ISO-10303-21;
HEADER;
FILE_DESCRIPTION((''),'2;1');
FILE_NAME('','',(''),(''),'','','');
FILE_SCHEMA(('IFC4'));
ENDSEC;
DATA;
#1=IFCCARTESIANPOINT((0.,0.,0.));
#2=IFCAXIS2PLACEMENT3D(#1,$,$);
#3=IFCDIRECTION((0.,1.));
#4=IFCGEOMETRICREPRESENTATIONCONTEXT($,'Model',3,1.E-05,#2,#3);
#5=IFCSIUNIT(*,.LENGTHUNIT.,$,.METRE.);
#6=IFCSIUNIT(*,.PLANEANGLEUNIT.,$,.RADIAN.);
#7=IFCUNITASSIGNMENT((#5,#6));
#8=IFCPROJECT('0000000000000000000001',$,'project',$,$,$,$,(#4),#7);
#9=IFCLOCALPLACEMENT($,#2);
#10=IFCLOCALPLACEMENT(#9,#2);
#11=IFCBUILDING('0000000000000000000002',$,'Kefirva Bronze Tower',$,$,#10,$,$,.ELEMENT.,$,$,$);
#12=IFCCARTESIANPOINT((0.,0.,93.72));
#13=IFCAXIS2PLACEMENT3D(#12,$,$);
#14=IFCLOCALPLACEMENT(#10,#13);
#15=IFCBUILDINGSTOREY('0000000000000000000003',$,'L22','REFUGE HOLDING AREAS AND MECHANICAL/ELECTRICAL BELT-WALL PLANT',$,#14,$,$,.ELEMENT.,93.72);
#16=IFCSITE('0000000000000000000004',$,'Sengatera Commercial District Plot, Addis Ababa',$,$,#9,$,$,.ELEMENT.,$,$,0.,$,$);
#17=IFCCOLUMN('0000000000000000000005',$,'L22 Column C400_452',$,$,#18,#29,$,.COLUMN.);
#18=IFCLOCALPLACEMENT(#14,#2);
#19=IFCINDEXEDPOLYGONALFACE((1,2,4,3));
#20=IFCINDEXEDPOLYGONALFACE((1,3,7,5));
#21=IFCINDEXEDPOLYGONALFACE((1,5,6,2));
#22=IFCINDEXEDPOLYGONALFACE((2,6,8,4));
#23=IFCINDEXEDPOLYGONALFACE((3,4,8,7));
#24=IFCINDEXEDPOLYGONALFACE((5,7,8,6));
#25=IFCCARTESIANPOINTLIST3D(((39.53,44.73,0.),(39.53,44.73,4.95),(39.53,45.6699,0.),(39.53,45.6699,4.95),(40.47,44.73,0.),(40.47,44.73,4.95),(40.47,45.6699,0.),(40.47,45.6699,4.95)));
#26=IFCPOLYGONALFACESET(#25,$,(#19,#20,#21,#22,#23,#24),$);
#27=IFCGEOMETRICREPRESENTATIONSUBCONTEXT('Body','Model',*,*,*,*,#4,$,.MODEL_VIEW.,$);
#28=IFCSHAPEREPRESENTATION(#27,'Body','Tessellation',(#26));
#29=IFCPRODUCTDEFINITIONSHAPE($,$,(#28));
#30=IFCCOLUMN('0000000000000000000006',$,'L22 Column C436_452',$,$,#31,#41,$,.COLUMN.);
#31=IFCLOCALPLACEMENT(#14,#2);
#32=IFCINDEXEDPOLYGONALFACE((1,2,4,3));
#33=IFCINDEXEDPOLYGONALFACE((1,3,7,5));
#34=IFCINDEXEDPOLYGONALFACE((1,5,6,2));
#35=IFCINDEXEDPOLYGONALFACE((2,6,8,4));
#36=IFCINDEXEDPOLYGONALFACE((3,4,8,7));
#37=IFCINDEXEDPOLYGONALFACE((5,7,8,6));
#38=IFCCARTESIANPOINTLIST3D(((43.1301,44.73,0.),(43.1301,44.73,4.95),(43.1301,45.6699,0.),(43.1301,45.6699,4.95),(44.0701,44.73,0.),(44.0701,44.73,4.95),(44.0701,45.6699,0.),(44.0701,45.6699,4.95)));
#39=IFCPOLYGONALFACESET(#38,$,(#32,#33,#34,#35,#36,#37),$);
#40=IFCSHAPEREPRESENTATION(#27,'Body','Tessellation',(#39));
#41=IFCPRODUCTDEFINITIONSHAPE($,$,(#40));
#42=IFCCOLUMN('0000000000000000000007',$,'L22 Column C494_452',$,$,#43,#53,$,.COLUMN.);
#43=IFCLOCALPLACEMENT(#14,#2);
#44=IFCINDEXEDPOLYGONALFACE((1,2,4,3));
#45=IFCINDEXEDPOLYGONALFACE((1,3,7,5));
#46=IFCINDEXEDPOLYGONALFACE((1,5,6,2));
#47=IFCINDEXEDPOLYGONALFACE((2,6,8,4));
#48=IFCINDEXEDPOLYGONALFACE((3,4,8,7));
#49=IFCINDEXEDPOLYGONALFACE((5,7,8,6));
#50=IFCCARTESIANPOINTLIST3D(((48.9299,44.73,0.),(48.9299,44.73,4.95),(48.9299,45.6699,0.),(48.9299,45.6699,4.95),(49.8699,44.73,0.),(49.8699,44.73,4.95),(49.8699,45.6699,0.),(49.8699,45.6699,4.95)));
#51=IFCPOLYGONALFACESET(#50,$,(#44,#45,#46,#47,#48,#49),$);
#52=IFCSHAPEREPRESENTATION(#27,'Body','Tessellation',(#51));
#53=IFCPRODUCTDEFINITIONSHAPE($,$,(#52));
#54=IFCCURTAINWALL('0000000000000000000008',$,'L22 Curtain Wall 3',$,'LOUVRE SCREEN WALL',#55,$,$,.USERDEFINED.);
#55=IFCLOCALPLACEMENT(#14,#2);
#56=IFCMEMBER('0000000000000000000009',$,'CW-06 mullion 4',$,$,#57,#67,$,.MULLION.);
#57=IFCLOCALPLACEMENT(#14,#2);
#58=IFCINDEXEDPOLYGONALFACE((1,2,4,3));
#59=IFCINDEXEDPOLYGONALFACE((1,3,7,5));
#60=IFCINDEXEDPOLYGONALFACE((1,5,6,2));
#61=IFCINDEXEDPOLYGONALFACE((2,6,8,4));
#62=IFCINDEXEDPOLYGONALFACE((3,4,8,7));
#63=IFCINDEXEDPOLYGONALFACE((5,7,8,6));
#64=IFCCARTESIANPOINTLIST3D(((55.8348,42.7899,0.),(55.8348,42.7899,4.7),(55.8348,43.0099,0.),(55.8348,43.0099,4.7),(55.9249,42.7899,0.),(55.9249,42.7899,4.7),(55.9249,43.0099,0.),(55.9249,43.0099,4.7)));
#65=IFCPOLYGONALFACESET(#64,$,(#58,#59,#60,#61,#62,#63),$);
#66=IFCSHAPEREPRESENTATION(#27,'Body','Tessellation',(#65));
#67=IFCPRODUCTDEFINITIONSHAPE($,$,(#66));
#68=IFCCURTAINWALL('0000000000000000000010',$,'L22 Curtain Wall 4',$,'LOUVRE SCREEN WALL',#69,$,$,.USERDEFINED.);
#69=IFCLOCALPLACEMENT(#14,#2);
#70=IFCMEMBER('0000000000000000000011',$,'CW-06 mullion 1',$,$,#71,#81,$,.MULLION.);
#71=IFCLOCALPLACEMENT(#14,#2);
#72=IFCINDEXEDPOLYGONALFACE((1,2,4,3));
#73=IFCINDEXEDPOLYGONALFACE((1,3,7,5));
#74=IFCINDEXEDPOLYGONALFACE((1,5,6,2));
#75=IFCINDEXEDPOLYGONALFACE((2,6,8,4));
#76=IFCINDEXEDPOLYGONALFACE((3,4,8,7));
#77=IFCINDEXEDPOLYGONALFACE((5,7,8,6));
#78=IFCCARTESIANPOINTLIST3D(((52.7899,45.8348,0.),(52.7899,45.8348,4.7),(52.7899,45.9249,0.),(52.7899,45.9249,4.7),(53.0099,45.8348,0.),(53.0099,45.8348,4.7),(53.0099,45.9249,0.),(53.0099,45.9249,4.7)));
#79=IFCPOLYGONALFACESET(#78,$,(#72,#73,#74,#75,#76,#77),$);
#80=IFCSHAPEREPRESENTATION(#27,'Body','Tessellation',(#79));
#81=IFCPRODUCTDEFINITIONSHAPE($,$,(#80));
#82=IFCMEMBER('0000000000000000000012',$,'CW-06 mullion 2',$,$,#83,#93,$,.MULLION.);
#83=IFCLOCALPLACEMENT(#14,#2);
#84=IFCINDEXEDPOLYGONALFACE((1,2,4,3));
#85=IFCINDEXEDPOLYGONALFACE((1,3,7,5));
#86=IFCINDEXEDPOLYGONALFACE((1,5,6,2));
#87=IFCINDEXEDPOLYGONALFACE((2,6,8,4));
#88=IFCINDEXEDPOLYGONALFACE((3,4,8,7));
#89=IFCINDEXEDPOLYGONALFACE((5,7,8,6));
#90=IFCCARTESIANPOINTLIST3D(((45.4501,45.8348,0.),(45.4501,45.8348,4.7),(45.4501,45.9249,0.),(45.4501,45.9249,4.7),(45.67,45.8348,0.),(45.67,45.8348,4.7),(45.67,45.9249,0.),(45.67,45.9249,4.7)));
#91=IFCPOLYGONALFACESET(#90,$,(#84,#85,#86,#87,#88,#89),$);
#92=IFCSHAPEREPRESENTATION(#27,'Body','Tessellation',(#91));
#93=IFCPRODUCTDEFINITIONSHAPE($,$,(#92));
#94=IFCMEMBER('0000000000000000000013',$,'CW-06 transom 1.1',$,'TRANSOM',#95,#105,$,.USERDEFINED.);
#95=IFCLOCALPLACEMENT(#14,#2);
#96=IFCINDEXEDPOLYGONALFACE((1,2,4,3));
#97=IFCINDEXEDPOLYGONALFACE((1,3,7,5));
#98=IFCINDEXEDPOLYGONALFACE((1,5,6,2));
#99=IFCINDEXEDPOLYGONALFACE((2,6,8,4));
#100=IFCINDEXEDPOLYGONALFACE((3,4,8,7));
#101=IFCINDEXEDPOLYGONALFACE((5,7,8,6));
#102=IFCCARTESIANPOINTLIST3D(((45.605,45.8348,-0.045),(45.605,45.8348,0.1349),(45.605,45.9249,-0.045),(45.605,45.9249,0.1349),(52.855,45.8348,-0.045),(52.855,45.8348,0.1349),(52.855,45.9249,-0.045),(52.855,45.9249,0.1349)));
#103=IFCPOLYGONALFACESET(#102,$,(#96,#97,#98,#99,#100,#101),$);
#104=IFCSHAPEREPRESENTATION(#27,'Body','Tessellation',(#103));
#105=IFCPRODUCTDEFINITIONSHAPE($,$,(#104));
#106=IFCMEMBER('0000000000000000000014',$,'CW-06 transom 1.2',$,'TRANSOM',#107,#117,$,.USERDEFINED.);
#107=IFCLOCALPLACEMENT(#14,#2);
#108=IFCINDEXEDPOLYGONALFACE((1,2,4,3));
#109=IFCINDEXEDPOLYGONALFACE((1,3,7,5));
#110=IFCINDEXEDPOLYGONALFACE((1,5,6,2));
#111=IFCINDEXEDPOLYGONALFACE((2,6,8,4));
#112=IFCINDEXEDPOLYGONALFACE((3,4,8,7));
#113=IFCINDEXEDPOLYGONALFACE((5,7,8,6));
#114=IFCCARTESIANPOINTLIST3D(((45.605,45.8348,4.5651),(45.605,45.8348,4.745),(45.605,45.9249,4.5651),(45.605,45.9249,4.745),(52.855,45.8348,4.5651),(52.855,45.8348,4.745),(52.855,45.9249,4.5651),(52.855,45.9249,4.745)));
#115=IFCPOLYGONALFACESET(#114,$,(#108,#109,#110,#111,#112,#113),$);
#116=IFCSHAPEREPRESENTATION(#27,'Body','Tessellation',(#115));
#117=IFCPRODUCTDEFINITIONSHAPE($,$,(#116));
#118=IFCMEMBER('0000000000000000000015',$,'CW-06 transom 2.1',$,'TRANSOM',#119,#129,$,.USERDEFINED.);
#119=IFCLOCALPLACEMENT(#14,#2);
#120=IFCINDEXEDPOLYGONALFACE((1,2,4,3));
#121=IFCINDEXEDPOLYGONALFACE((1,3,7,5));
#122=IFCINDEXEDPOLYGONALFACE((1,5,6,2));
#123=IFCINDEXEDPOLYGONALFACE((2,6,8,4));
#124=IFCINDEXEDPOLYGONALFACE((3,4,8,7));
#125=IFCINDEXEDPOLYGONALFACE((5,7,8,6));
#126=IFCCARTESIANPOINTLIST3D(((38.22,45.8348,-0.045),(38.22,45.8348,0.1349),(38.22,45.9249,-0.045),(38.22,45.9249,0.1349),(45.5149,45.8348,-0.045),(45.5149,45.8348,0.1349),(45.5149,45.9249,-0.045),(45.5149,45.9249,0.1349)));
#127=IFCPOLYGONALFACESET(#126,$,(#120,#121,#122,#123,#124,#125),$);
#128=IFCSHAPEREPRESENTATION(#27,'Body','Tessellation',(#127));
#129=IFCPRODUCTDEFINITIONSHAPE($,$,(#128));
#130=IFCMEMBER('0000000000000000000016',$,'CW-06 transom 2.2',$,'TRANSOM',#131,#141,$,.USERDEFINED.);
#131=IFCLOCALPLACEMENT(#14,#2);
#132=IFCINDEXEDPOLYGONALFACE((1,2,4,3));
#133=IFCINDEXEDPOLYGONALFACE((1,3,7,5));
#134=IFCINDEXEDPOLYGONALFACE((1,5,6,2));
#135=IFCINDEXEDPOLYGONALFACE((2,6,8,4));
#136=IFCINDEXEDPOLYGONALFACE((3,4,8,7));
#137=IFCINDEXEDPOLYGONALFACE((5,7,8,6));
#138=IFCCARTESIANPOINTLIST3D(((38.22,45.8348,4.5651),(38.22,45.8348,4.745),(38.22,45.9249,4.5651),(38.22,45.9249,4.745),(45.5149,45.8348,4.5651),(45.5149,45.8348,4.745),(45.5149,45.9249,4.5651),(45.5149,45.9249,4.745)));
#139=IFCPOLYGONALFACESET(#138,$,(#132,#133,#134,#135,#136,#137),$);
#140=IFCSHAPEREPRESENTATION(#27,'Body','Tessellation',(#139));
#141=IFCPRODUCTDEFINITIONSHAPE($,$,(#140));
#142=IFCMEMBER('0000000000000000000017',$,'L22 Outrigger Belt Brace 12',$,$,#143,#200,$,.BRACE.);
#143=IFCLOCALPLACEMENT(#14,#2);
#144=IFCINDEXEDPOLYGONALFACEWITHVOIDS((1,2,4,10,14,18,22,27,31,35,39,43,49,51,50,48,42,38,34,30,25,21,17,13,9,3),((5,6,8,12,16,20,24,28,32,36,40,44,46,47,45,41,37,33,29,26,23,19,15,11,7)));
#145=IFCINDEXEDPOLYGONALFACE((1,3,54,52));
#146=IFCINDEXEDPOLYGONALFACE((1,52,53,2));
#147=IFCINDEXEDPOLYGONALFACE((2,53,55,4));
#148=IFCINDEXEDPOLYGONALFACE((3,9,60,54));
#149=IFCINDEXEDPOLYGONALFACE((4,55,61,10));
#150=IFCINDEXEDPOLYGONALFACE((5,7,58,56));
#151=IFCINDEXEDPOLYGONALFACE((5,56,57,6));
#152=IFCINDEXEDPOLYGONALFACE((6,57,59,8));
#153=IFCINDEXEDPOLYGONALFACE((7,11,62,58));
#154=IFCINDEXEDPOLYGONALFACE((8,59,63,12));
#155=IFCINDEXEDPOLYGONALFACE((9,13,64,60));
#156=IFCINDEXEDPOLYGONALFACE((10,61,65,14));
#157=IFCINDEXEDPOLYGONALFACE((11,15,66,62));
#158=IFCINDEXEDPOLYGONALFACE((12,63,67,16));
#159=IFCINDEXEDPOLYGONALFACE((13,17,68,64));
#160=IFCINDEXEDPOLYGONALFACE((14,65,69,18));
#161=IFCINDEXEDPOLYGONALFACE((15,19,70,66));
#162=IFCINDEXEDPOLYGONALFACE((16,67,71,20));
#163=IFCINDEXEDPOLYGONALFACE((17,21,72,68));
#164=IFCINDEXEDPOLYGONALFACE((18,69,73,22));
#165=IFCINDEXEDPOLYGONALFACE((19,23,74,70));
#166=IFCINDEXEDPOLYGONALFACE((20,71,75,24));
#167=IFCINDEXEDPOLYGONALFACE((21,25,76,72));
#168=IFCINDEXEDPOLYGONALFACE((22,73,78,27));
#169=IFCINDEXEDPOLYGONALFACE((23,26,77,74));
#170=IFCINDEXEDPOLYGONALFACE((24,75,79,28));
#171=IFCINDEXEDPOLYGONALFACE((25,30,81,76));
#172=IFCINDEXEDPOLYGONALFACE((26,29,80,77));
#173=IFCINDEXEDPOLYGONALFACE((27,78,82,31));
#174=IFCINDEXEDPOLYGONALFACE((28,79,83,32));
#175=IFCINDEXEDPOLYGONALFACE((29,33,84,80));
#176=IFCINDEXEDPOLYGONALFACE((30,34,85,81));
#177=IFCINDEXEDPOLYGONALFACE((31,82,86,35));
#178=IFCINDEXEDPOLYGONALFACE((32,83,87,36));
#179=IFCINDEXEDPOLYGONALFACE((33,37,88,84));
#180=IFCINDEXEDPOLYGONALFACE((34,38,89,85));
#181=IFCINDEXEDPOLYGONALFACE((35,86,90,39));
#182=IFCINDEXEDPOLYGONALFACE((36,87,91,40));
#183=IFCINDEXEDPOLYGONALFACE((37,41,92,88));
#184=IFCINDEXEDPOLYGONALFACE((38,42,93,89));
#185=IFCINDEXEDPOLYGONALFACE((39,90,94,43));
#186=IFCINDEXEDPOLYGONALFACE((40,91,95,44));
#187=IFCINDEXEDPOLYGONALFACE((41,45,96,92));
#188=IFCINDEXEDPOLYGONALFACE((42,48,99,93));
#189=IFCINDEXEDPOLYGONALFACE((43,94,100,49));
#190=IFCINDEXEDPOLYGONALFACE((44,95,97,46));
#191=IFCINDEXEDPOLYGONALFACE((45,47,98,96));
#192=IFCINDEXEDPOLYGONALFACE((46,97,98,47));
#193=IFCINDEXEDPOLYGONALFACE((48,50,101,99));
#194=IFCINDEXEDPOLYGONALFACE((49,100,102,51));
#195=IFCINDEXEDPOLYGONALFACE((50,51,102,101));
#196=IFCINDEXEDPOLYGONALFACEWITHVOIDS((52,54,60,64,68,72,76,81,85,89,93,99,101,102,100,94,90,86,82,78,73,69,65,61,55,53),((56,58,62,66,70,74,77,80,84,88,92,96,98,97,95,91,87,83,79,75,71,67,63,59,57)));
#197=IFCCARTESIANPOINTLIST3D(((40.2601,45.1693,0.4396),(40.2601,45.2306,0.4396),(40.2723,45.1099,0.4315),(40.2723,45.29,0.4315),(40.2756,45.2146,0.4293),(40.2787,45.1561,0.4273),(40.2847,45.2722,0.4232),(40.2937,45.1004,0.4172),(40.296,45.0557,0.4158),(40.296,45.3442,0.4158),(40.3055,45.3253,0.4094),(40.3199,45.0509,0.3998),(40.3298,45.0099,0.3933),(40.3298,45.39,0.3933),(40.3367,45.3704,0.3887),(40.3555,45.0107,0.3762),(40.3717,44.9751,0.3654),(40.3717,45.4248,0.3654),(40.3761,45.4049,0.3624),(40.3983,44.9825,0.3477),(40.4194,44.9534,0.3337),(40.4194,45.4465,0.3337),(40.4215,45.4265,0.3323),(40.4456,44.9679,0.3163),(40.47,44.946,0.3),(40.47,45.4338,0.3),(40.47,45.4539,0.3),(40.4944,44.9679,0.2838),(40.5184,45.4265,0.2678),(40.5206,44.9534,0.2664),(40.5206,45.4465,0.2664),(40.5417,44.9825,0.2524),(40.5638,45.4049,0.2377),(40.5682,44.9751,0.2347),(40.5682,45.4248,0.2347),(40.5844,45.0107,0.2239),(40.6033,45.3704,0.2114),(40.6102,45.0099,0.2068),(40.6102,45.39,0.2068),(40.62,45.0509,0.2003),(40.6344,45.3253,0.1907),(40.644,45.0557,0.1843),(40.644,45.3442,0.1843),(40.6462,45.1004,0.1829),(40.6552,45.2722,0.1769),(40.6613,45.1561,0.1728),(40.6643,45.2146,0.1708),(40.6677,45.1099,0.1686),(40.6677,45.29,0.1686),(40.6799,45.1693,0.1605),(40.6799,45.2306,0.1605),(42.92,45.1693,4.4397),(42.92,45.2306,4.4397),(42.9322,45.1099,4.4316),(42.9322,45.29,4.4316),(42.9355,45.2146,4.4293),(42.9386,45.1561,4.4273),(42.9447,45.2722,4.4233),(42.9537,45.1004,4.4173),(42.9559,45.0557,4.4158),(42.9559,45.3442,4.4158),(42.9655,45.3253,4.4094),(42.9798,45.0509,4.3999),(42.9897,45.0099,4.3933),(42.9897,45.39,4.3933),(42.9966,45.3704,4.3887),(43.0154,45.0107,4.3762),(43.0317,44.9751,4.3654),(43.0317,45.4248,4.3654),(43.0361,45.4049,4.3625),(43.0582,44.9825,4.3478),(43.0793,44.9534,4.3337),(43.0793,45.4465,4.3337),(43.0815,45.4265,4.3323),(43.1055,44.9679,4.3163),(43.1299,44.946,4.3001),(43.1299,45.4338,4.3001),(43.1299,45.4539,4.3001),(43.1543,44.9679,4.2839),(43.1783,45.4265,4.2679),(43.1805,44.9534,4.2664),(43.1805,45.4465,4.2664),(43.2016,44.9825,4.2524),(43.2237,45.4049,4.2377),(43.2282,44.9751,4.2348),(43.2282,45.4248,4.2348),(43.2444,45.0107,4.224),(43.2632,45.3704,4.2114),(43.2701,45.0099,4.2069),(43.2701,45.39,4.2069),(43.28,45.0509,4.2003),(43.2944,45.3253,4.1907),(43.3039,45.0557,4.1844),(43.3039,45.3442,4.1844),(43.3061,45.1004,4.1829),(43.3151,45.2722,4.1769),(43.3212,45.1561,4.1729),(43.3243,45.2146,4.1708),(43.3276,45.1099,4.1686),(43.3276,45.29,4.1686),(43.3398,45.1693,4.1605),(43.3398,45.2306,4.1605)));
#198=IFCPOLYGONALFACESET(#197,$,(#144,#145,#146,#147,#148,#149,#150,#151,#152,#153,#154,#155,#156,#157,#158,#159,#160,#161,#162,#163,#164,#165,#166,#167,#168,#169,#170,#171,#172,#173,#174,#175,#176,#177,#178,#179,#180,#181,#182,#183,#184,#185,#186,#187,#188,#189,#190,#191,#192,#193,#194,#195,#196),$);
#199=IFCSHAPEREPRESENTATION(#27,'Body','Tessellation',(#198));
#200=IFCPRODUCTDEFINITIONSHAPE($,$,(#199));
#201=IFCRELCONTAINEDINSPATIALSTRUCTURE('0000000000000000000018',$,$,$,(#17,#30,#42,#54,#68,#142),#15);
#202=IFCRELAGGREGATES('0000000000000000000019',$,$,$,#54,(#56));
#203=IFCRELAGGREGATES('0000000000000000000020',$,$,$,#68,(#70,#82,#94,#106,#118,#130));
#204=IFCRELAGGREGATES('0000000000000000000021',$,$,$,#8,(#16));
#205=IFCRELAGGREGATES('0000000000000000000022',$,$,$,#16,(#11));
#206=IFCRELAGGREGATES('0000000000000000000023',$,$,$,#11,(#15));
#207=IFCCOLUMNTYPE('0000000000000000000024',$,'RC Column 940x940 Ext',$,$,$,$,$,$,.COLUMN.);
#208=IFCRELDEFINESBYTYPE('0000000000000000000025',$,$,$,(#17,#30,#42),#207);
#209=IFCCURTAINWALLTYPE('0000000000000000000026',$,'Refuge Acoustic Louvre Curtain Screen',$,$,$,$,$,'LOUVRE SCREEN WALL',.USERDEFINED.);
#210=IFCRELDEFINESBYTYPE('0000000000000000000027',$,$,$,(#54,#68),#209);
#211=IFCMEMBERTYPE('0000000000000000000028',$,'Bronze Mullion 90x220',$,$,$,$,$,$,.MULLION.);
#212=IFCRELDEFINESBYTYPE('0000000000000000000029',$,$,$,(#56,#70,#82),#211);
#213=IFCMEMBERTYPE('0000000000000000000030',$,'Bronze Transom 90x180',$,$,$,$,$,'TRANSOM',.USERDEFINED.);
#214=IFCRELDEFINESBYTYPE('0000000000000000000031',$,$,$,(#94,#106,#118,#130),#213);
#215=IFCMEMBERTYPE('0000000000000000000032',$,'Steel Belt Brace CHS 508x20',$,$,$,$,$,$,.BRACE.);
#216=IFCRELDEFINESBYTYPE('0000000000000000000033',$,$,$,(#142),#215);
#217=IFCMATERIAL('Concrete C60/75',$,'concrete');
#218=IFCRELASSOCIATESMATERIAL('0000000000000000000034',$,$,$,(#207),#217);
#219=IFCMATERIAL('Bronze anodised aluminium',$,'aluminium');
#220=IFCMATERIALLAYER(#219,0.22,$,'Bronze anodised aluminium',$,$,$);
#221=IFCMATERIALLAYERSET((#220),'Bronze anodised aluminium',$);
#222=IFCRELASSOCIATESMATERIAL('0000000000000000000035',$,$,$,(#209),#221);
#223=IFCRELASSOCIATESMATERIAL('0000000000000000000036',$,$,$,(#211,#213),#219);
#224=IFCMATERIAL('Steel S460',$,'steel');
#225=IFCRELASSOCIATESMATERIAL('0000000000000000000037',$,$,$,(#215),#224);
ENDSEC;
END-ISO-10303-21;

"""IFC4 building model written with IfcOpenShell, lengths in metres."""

from ifc_helpers import new_model, si_unit, direction, frame, origin, origin_2d, place, context, subcontext, project, spatial, rectangle, hollow_circle, extrude, material, layer, layer_set, material_profile, profile_set, type_object, element, aggregate, save


model = new_model("IFC4")

# Units and contexts
model_context = context("Model", 3, precision=1e-05, world=origin(), true_north=direction((0.0, 1.0)))
body_context = subcontext(model_context, "Body", "Model", "MODEL_VIEW")
ifc_project = project(units=[si_unit("LENGTHUNIT", "METRE"), si_unit("PLANEANGLEUNIT", "RADIAN")], contexts=[model_context])

# Site, building, storey
site_placement = place(None, origin())
site = spatial("IfcSite", under=ifc_project, at=site_placement, Name="Sengatera Commercial District Plot, Addis Ababa", CompositionType="ELEMENT", RefElevation=0.0)
building_placement = place(site_placement, origin())
building = spatial("IfcBuilding", under=site, at=building_placement, Name="Kefirva Bronze Tower", CompositionType="ELEMENT")
storey_placement = place(building_placement, frame((0.0, 0.0, 93.72)))
storey = spatial("IfcBuildingStorey", under=building, at=storey_placement, Name="L22", Description="REFUGE HOLDING AREAS AND MECHANICAL/ELECTRICAL BELT-WALL PLANT", CompositionType="ELEMENT", Elevation=93.72)

# Columns
ifc_material_1 = material(Name="Concrete C60/75", Category="concrete")
ifc_material_profile_1 = material_profile(ifc_material_1, rectangle(XDim=0.9399, YDim=0.9399, at=origin_2d()), Name="RC 940x940")
ifc_profile_set_1 = profile_set([ifc_material_profile_1], Name="Concrete C60/75")
column_type = type_object("IfcColumnType", Name="RC Column 940x940 Ext", PredefinedType="COLUMN", material=ifc_profile_set_1)
for number, where, z_axis, x_axis, name in (
    (1, (40.0, 45.2, 0.0), (0.0, 0.0, 1.0), (1.0, 0.0, 0.0), "L22 Column C400_452"),
    (2, (43.6001, 45.2, 0.0), (0.0, 0.0, 1.0), (1.0, 0.0, 0.0), "L22 Column C436_452"),
    (3, (49.3999, 45.2, 0.0), (0.0, 0.0, 1.0), (1.0, 0.0, 0.0), "L22 Column C494_452"),
):
    element("IfcColumn", number, at=place(storey_placement, frame(where, z_axis=z_axis, x_axis=x_axis)), inside=storey, type_object=column_type, Name=name, PredefinedType="COLUMN", context=body_context, shape_type="SweptSolid", body=[
        extrude(rectangle(XDim=0.9399, YDim=0.9399, at=origin_2d()), origin(), (0.0, 0.0, 1.0), 4.95),
    ])

# Curtain wall, member
ifc_material_2 = material(Name="Bronze anodised aluminium", Category="aluminium")
ifc_layer_1 = layer(ifc_material_2, 0.22, Name="Bronze anodised aluminium")
ifc_layer_set_1 = layer_set([ifc_layer_1], Name="Bronze anodised aluminium")
curtain_wall_type = type_object("IfcCurtainWallType", Name="Refuge Acoustic Louvre Curtain Screen", ElementType="LOUVRE SCREEN WALL", PredefinedType="USERDEFINED", material=ifc_layer_set_1)
curtain_wall_1_placement = place(storey_placement, origin())
curtain_wall_1 = element("IfcCurtainWall", 4, at=curtain_wall_1_placement, inside=storey, type_object=curtain_wall_type, Name="L22 Curtain Wall 3", ObjectType="LOUVRE SCREEN WALL", PredefinedType="USERDEFINED")
ifc_material_profile_2 = material_profile(ifc_material_2, rectangle(XDim=0.0901, YDim=0.22, at=origin_2d()), Name="ALU 90x220")
ifc_profile_set_2 = profile_set([ifc_material_profile_2], Name="Bronze anodised aluminium")
member_type_1 = type_object("IfcMemberType", Name="Bronze Mullion 90x220", PredefinedType="MULLION", material=ifc_profile_set_2)
member_1_placement = place(storey_placement, frame((55.8799, 42.8999, 0.0), z_axis=(0.0, 0.0, 1.0), x_axis=(-1.0, 0.0, 0.0)))
member_1 = element("IfcMember", 5, at=member_1_placement, type_object=member_type_1, Name="CW-06 mullion 4", PredefinedType="MULLION", context=body_context, shape_type="SweptSolid", body=[
    extrude(rectangle(XDim=0.0901, YDim=0.22, at=origin_2d()), origin(), (0.0, 0.0, 1.0), 4.7),
])

# Curtain wall, members
curtain_wall_2_placement = place(storey_placement, origin())
curtain_wall_2 = element("IfcCurtainWall", 6, at=curtain_wall_2_placement, inside=storey, type_object=curtain_wall_type, Name="L22 Curtain Wall 4", ObjectType="LOUVRE SCREEN WALL", PredefinedType="USERDEFINED")
member_2_placement = place(storey_placement, frame((52.8999, 45.8799, 0.0), z_axis=(0.0, 0.0, 1.0), x_axis=(0.0, -1.0, 0.0)))
member_2 = element("IfcMember", 7, at=member_2_placement, type_object=member_type_1, Name="CW-06 mullion 1", PredefinedType="MULLION", context=body_context, shape_type="SweptSolid", body=[
    extrude(rectangle(XDim=0.0901, YDim=0.22, at=origin_2d()), origin(), (0.0, 0.0, 1.0), 4.7),
])
member_3_placement = place(storey_placement, frame((45.5601, 45.8799, 0.0), z_axis=(0.0, 0.0, 1.0), x_axis=(0.0, -1.0, 0.0)))
member_3 = element("IfcMember", 8, at=member_3_placement, type_object=member_type_1, Name="CW-06 mullion 2", PredefinedType="MULLION", context=body_context, shape_type="SweptSolid", body=[
    extrude(rectangle(XDim=0.0901, YDim=0.22, at=origin_2d()), origin(), (0.0, 0.0, 1.0), 4.7),
])
ifc_material_profile_3 = material_profile(ifc_material_2, rectangle(XDim=0.0901, YDim=0.1799, at=origin_2d()), Name="ALU 90x180")
ifc_profile_set_3 = profile_set([ifc_material_profile_3], Name="Bronze anodised aluminium")
member_type_2 = type_object("IfcMemberType", Name="Bronze Transom 90x180", ElementType="TRANSOM", PredefinedType="USERDEFINED", material=ifc_profile_set_3)
member_4_placement = place(storey_placement, frame((52.855, 45.8799, 0.0449), z_axis=(-1.0, 0.0, 0.0), x_axis=(0.0, -1.0, 0.0)))
member_4 = element("IfcMember", 9, at=member_4_placement, type_object=member_type_2, Name="CW-06 transom 1.1", ObjectType="TRANSOM", PredefinedType="USERDEFINED", context=body_context, shape_type="SweptSolid", body=[
    extrude(rectangle(XDim=0.0901, YDim=0.1799, at=origin_2d()), origin(), (0.0, 0.0, 1.0), 7.25),
])
member_5_placement = place(storey_placement, frame((52.855, 45.8799, 4.655), z_axis=(-1.0, 0.0, 0.0), x_axis=(0.0, -1.0, 0.0)))
member_5 = element("IfcMember", 10, at=member_5_placement, type_object=member_type_2, Name="CW-06 transom 1.2", ObjectType="TRANSOM", PredefinedType="USERDEFINED", context=body_context, shape_type="SweptSolid", body=[
    extrude(rectangle(XDim=0.0901, YDim=0.1799, at=origin_2d()), origin(), (0.0, 0.0, 1.0), 7.25),
])
member_6_placement = place(storey_placement, frame((45.5149, 45.8799, 0.0449), z_axis=(-1.0, 0.0, 0.0), x_axis=(0.0, -1.0, 0.0)))
member_6 = element("IfcMember", 11, at=member_6_placement, type_object=member_type_2, Name="CW-06 transom 2.1", ObjectType="TRANSOM", PredefinedType="USERDEFINED", context=body_context, shape_type="SweptSolid", body=[
    extrude(rectangle(XDim=0.0901, YDim=0.1799, at=origin_2d()), origin(), (0.0, 0.0, 1.0), 7.2949),
])
member_7_placement = place(storey_placement, frame((45.5149, 45.8799, 4.655), z_axis=(-1.0, 0.0, 0.0), x_axis=(0.0, -1.0, 0.0)))
member_7 = element("IfcMember", 12, at=member_7_placement, type_object=member_type_2, Name="CW-06 transom 2.2", ObjectType="TRANSOM", PredefinedType="USERDEFINED", context=body_context, shape_type="SweptSolid", body=[
    extrude(rectangle(XDim=0.0901, YDim=0.1799, at=origin_2d()), origin(), (0.0, 0.0, 1.0), 7.2949),
])

# Member
ifc_material_3 = material(Name="Steel S460", Category="steel")
ifc_material_profile_4 = material_profile(ifc_material_3, hollow_circle(Radius=0.2539, WallThickness=0.02, at=origin_2d()), Name="CHS 508x20")
ifc_profile_set_4 = profile_set([ifc_material_profile_4], Name="Steel S460")
member_type_3 = type_object("IfcMemberType", Name="Steel Belt Brace CHS 508x20", PredefinedType="BRACE", material=ifc_profile_set_4)
member_8_placement = place(storey_placement, frame((40.47, 45.2, 0.3), z_axis=(0.553726, 0.0, 0.832699), x_axis=(0.0, 1.0, 0.0)))
element("IfcMember", 13, at=member_8_placement, inside=storey, type_object=member_type_3, Name="L22 Outrigger Belt Brace 12", PredefinedType="BRACE", context=body_context, shape_type="SweptSolid", body=[
    extrude(hollow_circle(Radius=0.2539, WallThickness=0.02, at=origin_2d()), origin(), (0.0, 0.0, 1.0), 4.8037),
])

aggregate(curtain_wall_1, [member_1])
aggregate(curtain_wall_2, [member_2, member_3, member_4, member_5, member_6, member_7])

save(model, "model.ifc")
